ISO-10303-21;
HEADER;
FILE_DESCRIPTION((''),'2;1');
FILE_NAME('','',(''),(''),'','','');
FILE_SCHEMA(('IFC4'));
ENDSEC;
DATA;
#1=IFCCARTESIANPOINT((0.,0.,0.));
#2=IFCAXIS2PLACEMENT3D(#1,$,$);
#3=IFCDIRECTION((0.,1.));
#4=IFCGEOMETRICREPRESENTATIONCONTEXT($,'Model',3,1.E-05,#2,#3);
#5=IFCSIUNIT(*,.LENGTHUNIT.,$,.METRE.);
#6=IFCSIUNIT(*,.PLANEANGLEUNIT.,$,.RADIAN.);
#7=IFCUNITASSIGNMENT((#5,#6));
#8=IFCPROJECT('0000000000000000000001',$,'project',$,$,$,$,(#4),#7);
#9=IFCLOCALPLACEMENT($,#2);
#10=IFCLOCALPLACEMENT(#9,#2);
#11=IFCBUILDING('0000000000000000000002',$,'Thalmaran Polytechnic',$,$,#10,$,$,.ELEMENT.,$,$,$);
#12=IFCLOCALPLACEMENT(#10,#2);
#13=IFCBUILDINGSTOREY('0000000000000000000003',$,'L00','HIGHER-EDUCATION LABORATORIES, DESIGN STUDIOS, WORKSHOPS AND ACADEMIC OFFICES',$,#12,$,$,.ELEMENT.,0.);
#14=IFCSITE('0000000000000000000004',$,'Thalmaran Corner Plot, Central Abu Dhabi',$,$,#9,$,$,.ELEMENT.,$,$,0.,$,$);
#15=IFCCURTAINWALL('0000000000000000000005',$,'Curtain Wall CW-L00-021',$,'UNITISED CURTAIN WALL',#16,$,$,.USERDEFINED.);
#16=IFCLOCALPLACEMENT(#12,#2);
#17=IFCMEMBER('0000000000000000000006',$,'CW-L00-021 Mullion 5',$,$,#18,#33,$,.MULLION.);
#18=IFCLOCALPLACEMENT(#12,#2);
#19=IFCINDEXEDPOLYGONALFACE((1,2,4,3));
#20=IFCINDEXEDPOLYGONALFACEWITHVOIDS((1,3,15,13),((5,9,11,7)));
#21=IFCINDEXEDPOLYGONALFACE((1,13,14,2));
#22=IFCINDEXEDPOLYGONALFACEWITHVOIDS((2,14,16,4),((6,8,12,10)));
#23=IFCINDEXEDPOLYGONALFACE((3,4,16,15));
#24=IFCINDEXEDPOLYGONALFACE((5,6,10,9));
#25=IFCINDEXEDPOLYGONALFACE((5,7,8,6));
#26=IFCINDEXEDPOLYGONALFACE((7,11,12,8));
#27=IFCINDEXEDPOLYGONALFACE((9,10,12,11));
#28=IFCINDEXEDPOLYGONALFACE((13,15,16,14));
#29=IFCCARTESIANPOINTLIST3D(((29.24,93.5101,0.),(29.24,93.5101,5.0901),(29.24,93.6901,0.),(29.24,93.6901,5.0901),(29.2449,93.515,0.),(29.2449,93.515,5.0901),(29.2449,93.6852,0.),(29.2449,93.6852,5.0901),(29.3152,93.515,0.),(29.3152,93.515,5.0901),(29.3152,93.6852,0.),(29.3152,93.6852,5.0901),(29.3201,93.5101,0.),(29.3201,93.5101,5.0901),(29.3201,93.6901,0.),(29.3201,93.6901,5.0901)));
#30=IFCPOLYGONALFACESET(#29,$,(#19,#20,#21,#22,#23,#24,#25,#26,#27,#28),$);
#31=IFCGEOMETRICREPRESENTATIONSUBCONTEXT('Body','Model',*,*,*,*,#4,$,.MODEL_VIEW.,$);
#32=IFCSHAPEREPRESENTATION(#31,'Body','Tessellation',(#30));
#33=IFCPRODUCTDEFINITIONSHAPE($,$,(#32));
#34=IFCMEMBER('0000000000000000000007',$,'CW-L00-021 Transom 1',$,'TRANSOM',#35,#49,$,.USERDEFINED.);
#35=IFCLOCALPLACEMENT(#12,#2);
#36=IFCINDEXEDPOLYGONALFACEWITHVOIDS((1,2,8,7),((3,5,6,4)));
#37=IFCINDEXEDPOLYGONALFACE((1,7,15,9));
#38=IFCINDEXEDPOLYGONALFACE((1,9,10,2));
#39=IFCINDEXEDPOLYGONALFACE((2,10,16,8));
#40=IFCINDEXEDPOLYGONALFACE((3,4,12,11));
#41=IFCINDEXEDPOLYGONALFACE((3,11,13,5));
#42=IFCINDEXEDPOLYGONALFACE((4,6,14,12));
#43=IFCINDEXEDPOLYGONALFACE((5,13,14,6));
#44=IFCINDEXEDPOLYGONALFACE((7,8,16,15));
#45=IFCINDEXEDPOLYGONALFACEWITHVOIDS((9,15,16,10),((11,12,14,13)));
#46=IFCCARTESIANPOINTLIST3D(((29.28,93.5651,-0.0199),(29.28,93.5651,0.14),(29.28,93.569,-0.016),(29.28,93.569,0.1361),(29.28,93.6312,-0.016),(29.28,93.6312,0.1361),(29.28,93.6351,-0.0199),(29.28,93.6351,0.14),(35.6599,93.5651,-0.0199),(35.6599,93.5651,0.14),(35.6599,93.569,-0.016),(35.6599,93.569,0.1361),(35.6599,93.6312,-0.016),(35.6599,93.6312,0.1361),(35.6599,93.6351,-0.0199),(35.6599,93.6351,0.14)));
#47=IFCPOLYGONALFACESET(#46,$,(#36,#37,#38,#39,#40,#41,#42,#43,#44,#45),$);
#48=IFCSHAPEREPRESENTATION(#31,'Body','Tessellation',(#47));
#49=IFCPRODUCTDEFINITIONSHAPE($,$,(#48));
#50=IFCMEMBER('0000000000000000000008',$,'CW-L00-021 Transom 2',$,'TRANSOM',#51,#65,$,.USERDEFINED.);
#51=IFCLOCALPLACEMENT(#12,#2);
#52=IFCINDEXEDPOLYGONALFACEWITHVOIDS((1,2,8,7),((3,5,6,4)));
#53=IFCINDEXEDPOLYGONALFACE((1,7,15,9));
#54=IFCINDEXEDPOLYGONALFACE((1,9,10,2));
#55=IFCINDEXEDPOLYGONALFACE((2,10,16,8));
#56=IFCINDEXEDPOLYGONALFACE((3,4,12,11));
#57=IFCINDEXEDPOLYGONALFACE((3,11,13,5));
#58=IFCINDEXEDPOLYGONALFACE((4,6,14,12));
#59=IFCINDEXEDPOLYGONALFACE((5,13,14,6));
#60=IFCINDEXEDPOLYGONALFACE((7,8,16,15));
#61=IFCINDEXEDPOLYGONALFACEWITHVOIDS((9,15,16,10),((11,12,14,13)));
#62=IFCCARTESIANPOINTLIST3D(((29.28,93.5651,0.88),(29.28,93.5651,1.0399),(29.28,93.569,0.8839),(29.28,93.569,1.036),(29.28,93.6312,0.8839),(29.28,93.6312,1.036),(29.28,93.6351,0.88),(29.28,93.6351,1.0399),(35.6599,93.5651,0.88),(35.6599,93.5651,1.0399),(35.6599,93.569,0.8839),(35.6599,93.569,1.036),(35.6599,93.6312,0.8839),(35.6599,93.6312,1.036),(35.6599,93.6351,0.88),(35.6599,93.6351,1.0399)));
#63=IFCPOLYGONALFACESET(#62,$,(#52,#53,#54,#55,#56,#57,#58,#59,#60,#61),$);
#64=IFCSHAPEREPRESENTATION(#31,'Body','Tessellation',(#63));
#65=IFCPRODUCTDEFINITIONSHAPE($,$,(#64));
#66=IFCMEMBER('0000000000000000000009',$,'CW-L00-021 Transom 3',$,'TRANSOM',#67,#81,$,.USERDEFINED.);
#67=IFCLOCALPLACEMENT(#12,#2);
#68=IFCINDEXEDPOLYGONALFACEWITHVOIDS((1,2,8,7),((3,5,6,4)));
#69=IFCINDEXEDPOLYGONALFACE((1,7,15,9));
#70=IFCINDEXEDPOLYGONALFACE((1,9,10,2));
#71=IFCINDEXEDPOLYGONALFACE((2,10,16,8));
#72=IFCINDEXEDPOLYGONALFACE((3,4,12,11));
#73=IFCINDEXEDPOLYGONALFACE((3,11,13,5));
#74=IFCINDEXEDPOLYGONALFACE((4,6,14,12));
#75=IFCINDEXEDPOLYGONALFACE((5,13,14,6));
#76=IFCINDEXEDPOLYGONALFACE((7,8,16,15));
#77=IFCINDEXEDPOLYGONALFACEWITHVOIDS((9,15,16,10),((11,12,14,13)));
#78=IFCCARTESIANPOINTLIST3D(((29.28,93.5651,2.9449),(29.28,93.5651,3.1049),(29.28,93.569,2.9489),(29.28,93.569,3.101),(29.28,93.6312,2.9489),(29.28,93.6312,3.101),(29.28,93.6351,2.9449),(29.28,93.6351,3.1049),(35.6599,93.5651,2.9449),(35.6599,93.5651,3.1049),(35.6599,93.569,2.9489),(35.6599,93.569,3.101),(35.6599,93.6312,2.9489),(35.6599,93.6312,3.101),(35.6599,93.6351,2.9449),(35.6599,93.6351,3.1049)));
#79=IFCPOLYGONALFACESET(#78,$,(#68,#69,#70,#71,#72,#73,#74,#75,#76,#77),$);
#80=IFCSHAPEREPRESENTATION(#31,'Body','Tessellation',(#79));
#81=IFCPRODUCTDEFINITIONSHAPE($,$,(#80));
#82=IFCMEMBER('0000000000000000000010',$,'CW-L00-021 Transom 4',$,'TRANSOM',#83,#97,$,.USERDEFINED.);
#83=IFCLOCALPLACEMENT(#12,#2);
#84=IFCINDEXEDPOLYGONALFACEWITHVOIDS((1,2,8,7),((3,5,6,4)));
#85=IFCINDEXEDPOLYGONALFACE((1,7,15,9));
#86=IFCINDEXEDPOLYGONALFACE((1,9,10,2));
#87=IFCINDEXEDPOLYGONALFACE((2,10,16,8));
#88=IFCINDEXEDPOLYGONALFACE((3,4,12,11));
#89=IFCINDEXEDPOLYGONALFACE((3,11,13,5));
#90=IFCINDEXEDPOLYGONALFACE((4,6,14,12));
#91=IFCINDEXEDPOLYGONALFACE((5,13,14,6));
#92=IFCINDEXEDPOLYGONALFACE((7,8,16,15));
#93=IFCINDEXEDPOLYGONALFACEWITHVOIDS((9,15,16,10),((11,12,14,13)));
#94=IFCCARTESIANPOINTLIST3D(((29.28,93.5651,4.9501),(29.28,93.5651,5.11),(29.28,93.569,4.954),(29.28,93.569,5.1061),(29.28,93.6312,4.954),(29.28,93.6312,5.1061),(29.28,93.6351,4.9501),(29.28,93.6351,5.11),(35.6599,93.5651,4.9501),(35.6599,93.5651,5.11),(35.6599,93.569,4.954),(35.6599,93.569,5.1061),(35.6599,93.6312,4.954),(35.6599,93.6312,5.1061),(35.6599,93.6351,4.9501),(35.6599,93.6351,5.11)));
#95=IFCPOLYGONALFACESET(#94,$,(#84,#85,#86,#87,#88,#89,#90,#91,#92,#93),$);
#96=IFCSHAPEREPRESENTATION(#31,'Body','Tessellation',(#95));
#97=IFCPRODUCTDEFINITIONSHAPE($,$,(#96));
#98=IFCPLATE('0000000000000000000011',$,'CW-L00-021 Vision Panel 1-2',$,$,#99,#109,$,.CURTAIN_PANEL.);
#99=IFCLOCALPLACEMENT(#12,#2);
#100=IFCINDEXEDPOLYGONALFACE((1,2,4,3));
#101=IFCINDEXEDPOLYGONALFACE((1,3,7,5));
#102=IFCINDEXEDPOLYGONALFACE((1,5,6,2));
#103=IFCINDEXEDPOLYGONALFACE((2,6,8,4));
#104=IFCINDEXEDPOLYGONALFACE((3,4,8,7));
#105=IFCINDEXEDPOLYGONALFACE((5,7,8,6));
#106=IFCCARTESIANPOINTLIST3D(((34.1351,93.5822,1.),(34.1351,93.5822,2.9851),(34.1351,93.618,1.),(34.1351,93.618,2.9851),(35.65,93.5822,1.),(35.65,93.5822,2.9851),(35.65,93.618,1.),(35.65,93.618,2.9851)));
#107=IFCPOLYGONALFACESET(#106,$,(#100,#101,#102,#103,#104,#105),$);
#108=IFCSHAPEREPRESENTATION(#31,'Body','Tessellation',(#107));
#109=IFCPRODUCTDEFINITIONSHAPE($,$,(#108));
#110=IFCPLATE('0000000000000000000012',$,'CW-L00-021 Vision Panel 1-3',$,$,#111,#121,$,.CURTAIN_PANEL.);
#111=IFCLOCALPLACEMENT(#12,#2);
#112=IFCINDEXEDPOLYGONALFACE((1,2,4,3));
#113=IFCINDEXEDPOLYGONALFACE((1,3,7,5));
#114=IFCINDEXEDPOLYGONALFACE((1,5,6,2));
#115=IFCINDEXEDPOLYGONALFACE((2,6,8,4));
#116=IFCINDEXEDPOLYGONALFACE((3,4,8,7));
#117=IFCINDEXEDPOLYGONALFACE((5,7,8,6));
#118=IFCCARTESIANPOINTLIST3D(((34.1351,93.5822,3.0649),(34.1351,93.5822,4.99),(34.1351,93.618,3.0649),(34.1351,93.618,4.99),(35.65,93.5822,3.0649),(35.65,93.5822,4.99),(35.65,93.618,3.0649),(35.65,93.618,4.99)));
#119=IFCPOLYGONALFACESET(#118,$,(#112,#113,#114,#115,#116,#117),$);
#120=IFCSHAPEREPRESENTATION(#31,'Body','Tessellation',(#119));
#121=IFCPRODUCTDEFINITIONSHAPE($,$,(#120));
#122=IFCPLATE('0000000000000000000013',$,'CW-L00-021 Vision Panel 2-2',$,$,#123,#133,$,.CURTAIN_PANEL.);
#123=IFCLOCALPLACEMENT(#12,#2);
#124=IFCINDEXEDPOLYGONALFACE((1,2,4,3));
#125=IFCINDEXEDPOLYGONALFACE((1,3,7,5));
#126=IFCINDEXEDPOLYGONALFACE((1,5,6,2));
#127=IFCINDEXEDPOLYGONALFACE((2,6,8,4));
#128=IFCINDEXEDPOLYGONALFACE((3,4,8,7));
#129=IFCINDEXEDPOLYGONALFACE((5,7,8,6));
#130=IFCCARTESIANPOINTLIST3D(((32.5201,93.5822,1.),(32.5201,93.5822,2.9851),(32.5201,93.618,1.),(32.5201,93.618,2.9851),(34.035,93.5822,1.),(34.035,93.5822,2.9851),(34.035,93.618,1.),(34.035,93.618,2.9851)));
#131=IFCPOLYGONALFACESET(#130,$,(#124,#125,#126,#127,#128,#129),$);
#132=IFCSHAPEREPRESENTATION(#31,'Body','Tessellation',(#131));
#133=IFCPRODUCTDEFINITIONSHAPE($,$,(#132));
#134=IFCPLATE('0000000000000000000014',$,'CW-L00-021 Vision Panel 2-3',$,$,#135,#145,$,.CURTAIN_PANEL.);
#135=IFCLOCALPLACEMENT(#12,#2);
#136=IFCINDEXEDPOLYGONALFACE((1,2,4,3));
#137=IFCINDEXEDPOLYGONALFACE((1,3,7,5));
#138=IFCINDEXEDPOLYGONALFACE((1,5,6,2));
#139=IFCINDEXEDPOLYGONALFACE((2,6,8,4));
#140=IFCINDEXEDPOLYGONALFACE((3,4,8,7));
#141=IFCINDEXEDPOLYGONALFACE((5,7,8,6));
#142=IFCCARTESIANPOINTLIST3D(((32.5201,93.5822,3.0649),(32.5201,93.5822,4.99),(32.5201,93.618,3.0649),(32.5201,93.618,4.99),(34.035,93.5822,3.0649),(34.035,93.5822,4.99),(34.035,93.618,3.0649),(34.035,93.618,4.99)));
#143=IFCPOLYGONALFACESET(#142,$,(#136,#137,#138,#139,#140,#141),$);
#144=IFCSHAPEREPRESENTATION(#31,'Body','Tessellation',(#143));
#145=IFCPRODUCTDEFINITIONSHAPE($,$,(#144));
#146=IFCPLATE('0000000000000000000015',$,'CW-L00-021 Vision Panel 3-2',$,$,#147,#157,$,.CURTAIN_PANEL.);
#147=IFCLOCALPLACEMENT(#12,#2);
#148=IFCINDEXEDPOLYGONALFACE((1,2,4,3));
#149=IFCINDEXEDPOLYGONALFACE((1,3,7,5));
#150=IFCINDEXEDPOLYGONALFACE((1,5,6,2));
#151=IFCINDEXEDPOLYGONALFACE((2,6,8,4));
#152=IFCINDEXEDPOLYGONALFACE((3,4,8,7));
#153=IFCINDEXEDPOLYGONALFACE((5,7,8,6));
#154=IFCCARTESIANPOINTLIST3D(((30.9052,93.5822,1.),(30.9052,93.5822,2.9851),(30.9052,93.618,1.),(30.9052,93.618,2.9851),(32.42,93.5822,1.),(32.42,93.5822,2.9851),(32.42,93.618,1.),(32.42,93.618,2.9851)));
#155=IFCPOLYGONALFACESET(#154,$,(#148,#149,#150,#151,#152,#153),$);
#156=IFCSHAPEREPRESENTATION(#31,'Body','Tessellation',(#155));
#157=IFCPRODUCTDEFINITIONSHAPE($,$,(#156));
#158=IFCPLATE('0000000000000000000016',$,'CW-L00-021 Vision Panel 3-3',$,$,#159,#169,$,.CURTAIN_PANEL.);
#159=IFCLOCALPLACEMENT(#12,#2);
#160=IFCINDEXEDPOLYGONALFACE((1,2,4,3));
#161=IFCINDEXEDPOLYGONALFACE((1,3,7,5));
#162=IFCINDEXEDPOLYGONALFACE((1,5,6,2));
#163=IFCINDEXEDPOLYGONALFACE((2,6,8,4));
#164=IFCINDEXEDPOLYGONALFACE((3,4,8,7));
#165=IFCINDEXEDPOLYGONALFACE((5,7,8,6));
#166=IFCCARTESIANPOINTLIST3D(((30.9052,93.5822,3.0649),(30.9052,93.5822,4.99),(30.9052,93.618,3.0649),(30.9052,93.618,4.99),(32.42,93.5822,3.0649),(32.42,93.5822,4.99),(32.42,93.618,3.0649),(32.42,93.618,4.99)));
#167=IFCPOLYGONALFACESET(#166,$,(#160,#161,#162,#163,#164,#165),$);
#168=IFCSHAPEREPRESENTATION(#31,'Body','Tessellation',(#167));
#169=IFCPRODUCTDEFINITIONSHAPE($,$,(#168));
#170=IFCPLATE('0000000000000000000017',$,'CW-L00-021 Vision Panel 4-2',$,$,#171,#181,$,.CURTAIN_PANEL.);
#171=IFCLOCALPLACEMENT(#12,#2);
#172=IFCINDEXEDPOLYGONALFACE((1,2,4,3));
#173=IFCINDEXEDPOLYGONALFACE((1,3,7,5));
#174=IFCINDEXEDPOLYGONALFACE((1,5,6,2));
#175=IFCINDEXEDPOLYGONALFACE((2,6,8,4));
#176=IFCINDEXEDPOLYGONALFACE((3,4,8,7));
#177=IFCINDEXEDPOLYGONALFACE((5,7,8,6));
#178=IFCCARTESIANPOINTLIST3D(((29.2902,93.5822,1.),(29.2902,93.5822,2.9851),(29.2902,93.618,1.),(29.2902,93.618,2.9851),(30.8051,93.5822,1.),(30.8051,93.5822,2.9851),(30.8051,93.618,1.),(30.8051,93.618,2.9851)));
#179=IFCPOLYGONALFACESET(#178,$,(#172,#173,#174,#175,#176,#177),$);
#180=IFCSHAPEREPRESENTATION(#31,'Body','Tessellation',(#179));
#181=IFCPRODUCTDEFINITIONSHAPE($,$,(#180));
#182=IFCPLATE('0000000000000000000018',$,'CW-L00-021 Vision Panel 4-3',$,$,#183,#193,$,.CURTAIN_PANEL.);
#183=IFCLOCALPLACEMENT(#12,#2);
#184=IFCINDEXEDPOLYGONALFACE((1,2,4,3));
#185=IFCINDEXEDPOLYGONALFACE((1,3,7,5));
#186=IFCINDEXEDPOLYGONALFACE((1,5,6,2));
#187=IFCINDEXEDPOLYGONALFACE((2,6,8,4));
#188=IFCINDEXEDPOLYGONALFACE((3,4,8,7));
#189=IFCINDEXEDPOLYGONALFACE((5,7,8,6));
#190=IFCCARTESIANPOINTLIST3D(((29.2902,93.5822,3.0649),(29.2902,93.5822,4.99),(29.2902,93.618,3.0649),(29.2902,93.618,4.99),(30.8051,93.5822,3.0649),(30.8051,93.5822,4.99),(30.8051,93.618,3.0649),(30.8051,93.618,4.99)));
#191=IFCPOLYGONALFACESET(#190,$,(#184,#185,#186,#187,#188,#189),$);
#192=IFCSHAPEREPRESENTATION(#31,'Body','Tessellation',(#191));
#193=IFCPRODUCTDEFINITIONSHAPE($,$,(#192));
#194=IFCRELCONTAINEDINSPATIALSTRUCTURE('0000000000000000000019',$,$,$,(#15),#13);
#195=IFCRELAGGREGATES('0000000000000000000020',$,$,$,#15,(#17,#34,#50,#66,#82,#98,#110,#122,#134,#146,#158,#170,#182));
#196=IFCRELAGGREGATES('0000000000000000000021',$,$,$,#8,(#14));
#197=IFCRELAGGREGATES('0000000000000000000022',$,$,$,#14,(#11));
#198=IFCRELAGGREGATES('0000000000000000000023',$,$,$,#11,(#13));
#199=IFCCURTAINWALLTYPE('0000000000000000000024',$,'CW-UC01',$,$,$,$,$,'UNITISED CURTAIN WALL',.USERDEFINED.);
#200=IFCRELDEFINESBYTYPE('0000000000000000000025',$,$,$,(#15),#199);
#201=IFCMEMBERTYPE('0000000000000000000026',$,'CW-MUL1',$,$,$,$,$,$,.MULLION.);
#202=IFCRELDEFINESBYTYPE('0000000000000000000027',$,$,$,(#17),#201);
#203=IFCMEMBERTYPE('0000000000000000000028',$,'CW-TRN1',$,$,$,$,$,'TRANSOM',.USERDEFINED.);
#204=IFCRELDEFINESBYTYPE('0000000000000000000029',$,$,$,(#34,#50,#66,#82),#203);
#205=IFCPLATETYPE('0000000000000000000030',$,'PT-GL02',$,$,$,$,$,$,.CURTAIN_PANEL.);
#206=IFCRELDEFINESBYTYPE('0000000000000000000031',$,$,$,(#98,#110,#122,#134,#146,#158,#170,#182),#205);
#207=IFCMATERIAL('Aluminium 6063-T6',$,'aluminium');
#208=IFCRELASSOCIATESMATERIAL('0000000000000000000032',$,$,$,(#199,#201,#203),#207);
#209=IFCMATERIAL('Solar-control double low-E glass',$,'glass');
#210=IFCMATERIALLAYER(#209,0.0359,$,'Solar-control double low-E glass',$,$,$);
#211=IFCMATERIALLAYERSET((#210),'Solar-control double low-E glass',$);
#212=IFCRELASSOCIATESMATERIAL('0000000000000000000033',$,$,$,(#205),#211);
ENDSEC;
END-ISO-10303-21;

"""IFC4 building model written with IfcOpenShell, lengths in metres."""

from ifc_helpers import new_model, si_unit, direction, frame, origin, origin_2d, place, context, subcontext, project, spatial, rectangle, hollow_rectangle, extrude, material, layer, layer_set, material_profile, profile_set, type_object, element, aggregate, save


model = new_model("IFC4")

# Units and contexts
model_context = context("Model", 3, precision=1e-05, world=origin(), true_north=direction((0.0, 1.0)))
body_context = subcontext(model_context, "Body", "Model", "MODEL_VIEW")
ifc_project = project(units=[si_unit("LENGTHUNIT", "METRE"), si_unit("PLANEANGLEUNIT", "RADIAN")], contexts=[model_context])

# Site, building, storey
site_placement = place(None, origin())
site = spatial("IfcSite", under=ifc_project, at=site_placement, Name="Thalmaran Corner Plot, Central Abu Dhabi", CompositionType="ELEMENT", RefElevation=0.0)
building_placement = place(site_placement, origin())
building = spatial("IfcBuilding", under=site, at=building_placement, Name="Thalmaran Polytechnic", CompositionType="ELEMENT")
storey_placement = place(building_placement, origin())
storey = spatial("IfcBuildingStorey", under=building, at=storey_placement, Name="L00", Description="HIGHER-EDUCATION LABORATORIES, DESIGN STUDIOS, WORKSHOPS AND ACADEMIC OFFICES", CompositionType="ELEMENT", Elevation=0.0)

# Curtain wall, members, plates
ifc_material_1 = material(Name="Aluminium 6063-T6", Category="aluminium")
curtain_wall_type = type_object("IfcCurtainWallType", Name="CW-UC01", ElementType="UNITISED CURTAIN WALL", PredefinedType="USERDEFINED", material=ifc_material_1)
curtain_wall_placement = place(storey_placement, origin())
curtain_wall = element("IfcCurtainWall", 1, at=curtain_wall_placement, inside=storey, type_object=curtain_wall_type, Name="Curtain Wall CW-L00-021", ObjectType="UNITISED CURTAIN WALL", PredefinedType="USERDEFINED")
ifc_material_profile_1 = material_profile(ifc_material_1, hollow_rectangle(XDim=0.0801, YDim=0.1799, WallThickness=0.0049, at=origin_2d()), Name="RHS 180x80x5.0")
ifc_profile_set_1 = profile_set([ifc_material_profile_1], Name="Aluminium 6063-T6")
member_type_1 = type_object("IfcMemberType", Name="CW-MUL1", PredefinedType="MULLION", material=ifc_profile_set_1)
member_1_placement = place(storey_placement, frame((29.28, 93.6001, 0.0), z_axis=(0.0, 0.0, 1.0), x_axis=(1.0, 0.0, 0.0)))
member_1 = element("IfcMember", 2, at=member_1_placement, type_object=member_type_1, Name="CW-L00-021 Mullion 5", PredefinedType="MULLION", context=body_context, shape_type="SweptSolid", body=[
    extrude(hollow_rectangle(XDim=0.0801, YDim=0.1799, WallThickness=0.0049, at=origin_2d()), origin(), (0.0, 0.0, 1.0), 5.0901),
])
ifc_material_profile_2 = material_profile(ifc_material_1, hollow_rectangle(XDim=0.0701, YDim=0.1599, WallThickness=0.0039, at=origin_2d()), Name="AL 160x70x4.0")
ifc_profile_set_2 = profile_set([ifc_material_profile_2], Name="Aluminium 6063-T6")
member_type_2 = type_object("IfcMemberType", Name="CW-TRN1", ElementType="TRANSOM", PredefinedType="USERDEFINED", material=ifc_profile_set_2)
member_2_placement = place(storey_placement, frame((35.6599, 93.6001, 0.0601), z_axis=(-1.0, 0.0, 0.0), x_axis=(0.0, -1.0, 0.0)))
member_2 = element("IfcMember", 3, at=member_2_placement, type_object=member_type_2, Name="CW-L00-021 Transom 1", ObjectType="TRANSOM", PredefinedType="USERDEFINED", context=body_context, shape_type="SweptSolid", body=[
    extrude(hollow_rectangle(XDim=0.0701, YDim=0.1599, WallThickness=0.0039, at=origin_2d()), origin(), (0.0, 0.0, 1.0), 6.3799),
])
member_3_placement = place(storey_placement, frame((35.6599, 93.6001, 0.96), z_axis=(-1.0, 0.0, 0.0), x_axis=(0.0, -1.0, 0.0)))
member_3 = element("IfcMember", 4, at=member_3_placement, type_object=member_type_2, Name="CW-L00-021 Transom 2", ObjectType="TRANSOM", PredefinedType="USERDEFINED", context=body_context, shape_type="SweptSolid", body=[
    extrude(hollow_rectangle(XDim=0.0701, YDim=0.1599, WallThickness=0.0039, at=origin_2d()), origin(), (0.0, 0.0, 1.0), 6.3799),
])
member_4_placement = place(storey_placement, frame((35.6599, 93.6001, 3.0249), z_axis=(-1.0, 0.0, 0.0), x_axis=(0.0, -1.0, 0.0)))
member_4 = element("IfcMember", 5, at=member_4_placement, type_object=member_type_2, Name="CW-L00-021 Transom 3", ObjectType="TRANSOM", PredefinedType="USERDEFINED", context=body_context, shape_type="SweptSolid", body=[
    extrude(hollow_rectangle(XDim=0.0701, YDim=0.1599, WallThickness=0.0039, at=origin_2d()), origin(), (0.0, 0.0, 1.0), 6.3799),
])
member_5_placement = place(storey_placement, frame((35.6599, 93.6001, 5.03), z_axis=(-1.0, 0.0, 0.0), x_axis=(0.0, -1.0, 0.0)))
member_5 = element("IfcMember", 6, at=member_5_placement, type_object=member_type_2, Name="CW-L00-021 Transom 4", ObjectType="TRANSOM", PredefinedType="USERDEFINED", context=body_context, shape_type="SweptSolid", body=[
    extrude(hollow_rectangle(XDim=0.0701, YDim=0.1599, WallThickness=0.0039, at=origin_2d()), origin(), (0.0, 0.0, 1.0), 6.3799),
])
ifc_material_2 = material(Name="Solar-control double low-E glass", Category="glass")
ifc_layer_1 = layer(ifc_material_2, 0.0359, Name="Solar-control double low-E glass")
ifc_layer_set_1 = layer_set([ifc_layer_1], Name="Solar-control double low-E glass")
plate_type_1 = type_object("IfcPlateType", Name="PT-GL02", PredefinedType="CURTAIN_PANEL", material=ifc_layer_set_1)
plate_1_placement = place(storey_placement, frame((34.8926, 93.6001, 1.0), z_axis=(0.0, 0.0, 1.0), x_axis=(-1.0, 0.0, 0.0)))
plate_1 = element("IfcPlate", 7, at=plate_1_placement, type_object=plate_type_1, Name="CW-L00-021 Vision Panel 1-2", PredefinedType="CURTAIN_PANEL", context=body_context, shape_type="SweptSolid", body=[
    extrude(rectangle(XDim=1.5149, YDim=0.0359, at=origin_2d()), origin(), (0.0, 0.0, 1.0), 1.9851),
])
plate_2_placement = place(storey_placement, frame((34.8926, 93.6001, 3.0649), z_axis=(0.0, 0.0, 1.0), x_axis=(-1.0, 0.0, 0.0)))
plate_2 = element("IfcPlate", 8, at=plate_2_placement, type_object=plate_type_1, Name="CW-L00-021 Vision Panel 1-3", PredefinedType="CURTAIN_PANEL", context=body_context, shape_type="SweptSolid", body=[
    extrude(rectangle(XDim=1.5149, YDim=0.0359, at=origin_2d()), origin(), (0.0, 0.0, 1.0), 1.925),
])
plate_3_placement = place(storey_placement, frame((33.2776, 93.6001, 1.0), z_axis=(0.0, 0.0, 1.0), x_axis=(-1.0, 0.0, 0.0)))
plate_3 = element("IfcPlate", 9, at=plate_3_placement, type_object=plate_type_1, Name="CW-L00-021 Vision Panel 2-2", PredefinedType="CURTAIN_PANEL", context=body_context, shape_type="SweptSolid", body=[
    extrude(rectangle(XDim=1.5149, YDim=0.0359, at=origin_2d()), origin(), (0.0, 0.0, 1.0), 1.9851),
])
plate_4_placement = place(storey_placement, frame((33.2776, 93.6001, 3.0649), z_axis=(0.0, 0.0, 1.0), x_axis=(-1.0, 0.0, 0.0)))
plate_4 = element("IfcPlate", 10, at=plate_4_placement, type_object=plate_type_1, Name="CW-L00-021 Vision Panel 2-3", PredefinedType="CURTAIN_PANEL", context=body_context, shape_type="SweptSolid", body=[
    extrude(rectangle(XDim=1.5149, YDim=0.0359, at=origin_2d()), origin(), (0.0, 0.0, 1.0), 1.925),
])
plate_5_placement = place(storey_placement, frame((31.6626, 93.6001, 1.0), z_axis=(0.0, 0.0, 1.0), x_axis=(-1.0, 0.0, 0.0)))
plate_5 = element("IfcPlate", 11, at=plate_5_placement, type_object=plate_type_1, Name="CW-L00-021 Vision Panel 3-2", PredefinedType="CURTAIN_PANEL", context=body_context, shape_type="SweptSolid", body=[
    extrude(rectangle(XDim=1.5149, YDim=0.0359, at=origin_2d()), origin(), (0.0, 0.0, 1.0), 1.9851),
])
plate_6_placement = place(storey_placement, frame((31.6626, 93.6001, 3.0649), z_axis=(0.0, 0.0, 1.0), x_axis=(-1.0, 0.0, 0.0)))
plate_6 = element("IfcPlate", 12, at=plate_6_placement, type_object=plate_type_1, Name="CW-L00-021 Vision Panel 3-3", PredefinedType="CURTAIN_PANEL", context=body_context, shape_type="SweptSolid", body=[
    extrude(rectangle(XDim=1.5149, YDim=0.0359, at=origin_2d()), origin(), (0.0, 0.0, 1.0), 1.925),
])
plate_7_placement = place(storey_placement, frame((30.0476, 93.6001, 1.0), z_axis=(0.0, 0.0, 1.0), x_axis=(-1.0, 0.0, 0.0)))
plate_7 = element("IfcPlate", 13, at=plate_7_placement, type_object=plate_type_1, Name="CW-L00-021 Vision Panel 4-2", PredefinedType="CURTAIN_PANEL", context=body_context, shape_type="SweptSolid", body=[
    extrude(rectangle(XDim=1.5149, YDim=0.0359, at=origin_2d()), origin(), (0.0, 0.0, 1.0), 1.9851),
])
plate_8_placement = place(storey_placement, frame((30.0476, 93.6001, 3.0649), z_axis=(0.0, 0.0, 1.0), x_axis=(-1.0, 0.0, 0.0)))
plate_8 = element("IfcPlate", 14, at=plate_8_placement, type_object=plate_type_1, Name="CW-L00-021 Vision Panel 4-3", PredefinedType="CURTAIN_PANEL", context=body_context, shape_type="SweptSolid", body=[
    extrude(rectangle(XDim=1.5149, YDim=0.0359, at=origin_2d()), origin(), (0.0, 0.0, 1.0), 1.925),
])
aggregate(curtain_wall, [member_1, member_2, member_3, member_4, member_5, plate_1, plate_2, plate_3, plate_4, plate_5, plate_6, plate_7, plate_8])

save(model, "model.ifc")
